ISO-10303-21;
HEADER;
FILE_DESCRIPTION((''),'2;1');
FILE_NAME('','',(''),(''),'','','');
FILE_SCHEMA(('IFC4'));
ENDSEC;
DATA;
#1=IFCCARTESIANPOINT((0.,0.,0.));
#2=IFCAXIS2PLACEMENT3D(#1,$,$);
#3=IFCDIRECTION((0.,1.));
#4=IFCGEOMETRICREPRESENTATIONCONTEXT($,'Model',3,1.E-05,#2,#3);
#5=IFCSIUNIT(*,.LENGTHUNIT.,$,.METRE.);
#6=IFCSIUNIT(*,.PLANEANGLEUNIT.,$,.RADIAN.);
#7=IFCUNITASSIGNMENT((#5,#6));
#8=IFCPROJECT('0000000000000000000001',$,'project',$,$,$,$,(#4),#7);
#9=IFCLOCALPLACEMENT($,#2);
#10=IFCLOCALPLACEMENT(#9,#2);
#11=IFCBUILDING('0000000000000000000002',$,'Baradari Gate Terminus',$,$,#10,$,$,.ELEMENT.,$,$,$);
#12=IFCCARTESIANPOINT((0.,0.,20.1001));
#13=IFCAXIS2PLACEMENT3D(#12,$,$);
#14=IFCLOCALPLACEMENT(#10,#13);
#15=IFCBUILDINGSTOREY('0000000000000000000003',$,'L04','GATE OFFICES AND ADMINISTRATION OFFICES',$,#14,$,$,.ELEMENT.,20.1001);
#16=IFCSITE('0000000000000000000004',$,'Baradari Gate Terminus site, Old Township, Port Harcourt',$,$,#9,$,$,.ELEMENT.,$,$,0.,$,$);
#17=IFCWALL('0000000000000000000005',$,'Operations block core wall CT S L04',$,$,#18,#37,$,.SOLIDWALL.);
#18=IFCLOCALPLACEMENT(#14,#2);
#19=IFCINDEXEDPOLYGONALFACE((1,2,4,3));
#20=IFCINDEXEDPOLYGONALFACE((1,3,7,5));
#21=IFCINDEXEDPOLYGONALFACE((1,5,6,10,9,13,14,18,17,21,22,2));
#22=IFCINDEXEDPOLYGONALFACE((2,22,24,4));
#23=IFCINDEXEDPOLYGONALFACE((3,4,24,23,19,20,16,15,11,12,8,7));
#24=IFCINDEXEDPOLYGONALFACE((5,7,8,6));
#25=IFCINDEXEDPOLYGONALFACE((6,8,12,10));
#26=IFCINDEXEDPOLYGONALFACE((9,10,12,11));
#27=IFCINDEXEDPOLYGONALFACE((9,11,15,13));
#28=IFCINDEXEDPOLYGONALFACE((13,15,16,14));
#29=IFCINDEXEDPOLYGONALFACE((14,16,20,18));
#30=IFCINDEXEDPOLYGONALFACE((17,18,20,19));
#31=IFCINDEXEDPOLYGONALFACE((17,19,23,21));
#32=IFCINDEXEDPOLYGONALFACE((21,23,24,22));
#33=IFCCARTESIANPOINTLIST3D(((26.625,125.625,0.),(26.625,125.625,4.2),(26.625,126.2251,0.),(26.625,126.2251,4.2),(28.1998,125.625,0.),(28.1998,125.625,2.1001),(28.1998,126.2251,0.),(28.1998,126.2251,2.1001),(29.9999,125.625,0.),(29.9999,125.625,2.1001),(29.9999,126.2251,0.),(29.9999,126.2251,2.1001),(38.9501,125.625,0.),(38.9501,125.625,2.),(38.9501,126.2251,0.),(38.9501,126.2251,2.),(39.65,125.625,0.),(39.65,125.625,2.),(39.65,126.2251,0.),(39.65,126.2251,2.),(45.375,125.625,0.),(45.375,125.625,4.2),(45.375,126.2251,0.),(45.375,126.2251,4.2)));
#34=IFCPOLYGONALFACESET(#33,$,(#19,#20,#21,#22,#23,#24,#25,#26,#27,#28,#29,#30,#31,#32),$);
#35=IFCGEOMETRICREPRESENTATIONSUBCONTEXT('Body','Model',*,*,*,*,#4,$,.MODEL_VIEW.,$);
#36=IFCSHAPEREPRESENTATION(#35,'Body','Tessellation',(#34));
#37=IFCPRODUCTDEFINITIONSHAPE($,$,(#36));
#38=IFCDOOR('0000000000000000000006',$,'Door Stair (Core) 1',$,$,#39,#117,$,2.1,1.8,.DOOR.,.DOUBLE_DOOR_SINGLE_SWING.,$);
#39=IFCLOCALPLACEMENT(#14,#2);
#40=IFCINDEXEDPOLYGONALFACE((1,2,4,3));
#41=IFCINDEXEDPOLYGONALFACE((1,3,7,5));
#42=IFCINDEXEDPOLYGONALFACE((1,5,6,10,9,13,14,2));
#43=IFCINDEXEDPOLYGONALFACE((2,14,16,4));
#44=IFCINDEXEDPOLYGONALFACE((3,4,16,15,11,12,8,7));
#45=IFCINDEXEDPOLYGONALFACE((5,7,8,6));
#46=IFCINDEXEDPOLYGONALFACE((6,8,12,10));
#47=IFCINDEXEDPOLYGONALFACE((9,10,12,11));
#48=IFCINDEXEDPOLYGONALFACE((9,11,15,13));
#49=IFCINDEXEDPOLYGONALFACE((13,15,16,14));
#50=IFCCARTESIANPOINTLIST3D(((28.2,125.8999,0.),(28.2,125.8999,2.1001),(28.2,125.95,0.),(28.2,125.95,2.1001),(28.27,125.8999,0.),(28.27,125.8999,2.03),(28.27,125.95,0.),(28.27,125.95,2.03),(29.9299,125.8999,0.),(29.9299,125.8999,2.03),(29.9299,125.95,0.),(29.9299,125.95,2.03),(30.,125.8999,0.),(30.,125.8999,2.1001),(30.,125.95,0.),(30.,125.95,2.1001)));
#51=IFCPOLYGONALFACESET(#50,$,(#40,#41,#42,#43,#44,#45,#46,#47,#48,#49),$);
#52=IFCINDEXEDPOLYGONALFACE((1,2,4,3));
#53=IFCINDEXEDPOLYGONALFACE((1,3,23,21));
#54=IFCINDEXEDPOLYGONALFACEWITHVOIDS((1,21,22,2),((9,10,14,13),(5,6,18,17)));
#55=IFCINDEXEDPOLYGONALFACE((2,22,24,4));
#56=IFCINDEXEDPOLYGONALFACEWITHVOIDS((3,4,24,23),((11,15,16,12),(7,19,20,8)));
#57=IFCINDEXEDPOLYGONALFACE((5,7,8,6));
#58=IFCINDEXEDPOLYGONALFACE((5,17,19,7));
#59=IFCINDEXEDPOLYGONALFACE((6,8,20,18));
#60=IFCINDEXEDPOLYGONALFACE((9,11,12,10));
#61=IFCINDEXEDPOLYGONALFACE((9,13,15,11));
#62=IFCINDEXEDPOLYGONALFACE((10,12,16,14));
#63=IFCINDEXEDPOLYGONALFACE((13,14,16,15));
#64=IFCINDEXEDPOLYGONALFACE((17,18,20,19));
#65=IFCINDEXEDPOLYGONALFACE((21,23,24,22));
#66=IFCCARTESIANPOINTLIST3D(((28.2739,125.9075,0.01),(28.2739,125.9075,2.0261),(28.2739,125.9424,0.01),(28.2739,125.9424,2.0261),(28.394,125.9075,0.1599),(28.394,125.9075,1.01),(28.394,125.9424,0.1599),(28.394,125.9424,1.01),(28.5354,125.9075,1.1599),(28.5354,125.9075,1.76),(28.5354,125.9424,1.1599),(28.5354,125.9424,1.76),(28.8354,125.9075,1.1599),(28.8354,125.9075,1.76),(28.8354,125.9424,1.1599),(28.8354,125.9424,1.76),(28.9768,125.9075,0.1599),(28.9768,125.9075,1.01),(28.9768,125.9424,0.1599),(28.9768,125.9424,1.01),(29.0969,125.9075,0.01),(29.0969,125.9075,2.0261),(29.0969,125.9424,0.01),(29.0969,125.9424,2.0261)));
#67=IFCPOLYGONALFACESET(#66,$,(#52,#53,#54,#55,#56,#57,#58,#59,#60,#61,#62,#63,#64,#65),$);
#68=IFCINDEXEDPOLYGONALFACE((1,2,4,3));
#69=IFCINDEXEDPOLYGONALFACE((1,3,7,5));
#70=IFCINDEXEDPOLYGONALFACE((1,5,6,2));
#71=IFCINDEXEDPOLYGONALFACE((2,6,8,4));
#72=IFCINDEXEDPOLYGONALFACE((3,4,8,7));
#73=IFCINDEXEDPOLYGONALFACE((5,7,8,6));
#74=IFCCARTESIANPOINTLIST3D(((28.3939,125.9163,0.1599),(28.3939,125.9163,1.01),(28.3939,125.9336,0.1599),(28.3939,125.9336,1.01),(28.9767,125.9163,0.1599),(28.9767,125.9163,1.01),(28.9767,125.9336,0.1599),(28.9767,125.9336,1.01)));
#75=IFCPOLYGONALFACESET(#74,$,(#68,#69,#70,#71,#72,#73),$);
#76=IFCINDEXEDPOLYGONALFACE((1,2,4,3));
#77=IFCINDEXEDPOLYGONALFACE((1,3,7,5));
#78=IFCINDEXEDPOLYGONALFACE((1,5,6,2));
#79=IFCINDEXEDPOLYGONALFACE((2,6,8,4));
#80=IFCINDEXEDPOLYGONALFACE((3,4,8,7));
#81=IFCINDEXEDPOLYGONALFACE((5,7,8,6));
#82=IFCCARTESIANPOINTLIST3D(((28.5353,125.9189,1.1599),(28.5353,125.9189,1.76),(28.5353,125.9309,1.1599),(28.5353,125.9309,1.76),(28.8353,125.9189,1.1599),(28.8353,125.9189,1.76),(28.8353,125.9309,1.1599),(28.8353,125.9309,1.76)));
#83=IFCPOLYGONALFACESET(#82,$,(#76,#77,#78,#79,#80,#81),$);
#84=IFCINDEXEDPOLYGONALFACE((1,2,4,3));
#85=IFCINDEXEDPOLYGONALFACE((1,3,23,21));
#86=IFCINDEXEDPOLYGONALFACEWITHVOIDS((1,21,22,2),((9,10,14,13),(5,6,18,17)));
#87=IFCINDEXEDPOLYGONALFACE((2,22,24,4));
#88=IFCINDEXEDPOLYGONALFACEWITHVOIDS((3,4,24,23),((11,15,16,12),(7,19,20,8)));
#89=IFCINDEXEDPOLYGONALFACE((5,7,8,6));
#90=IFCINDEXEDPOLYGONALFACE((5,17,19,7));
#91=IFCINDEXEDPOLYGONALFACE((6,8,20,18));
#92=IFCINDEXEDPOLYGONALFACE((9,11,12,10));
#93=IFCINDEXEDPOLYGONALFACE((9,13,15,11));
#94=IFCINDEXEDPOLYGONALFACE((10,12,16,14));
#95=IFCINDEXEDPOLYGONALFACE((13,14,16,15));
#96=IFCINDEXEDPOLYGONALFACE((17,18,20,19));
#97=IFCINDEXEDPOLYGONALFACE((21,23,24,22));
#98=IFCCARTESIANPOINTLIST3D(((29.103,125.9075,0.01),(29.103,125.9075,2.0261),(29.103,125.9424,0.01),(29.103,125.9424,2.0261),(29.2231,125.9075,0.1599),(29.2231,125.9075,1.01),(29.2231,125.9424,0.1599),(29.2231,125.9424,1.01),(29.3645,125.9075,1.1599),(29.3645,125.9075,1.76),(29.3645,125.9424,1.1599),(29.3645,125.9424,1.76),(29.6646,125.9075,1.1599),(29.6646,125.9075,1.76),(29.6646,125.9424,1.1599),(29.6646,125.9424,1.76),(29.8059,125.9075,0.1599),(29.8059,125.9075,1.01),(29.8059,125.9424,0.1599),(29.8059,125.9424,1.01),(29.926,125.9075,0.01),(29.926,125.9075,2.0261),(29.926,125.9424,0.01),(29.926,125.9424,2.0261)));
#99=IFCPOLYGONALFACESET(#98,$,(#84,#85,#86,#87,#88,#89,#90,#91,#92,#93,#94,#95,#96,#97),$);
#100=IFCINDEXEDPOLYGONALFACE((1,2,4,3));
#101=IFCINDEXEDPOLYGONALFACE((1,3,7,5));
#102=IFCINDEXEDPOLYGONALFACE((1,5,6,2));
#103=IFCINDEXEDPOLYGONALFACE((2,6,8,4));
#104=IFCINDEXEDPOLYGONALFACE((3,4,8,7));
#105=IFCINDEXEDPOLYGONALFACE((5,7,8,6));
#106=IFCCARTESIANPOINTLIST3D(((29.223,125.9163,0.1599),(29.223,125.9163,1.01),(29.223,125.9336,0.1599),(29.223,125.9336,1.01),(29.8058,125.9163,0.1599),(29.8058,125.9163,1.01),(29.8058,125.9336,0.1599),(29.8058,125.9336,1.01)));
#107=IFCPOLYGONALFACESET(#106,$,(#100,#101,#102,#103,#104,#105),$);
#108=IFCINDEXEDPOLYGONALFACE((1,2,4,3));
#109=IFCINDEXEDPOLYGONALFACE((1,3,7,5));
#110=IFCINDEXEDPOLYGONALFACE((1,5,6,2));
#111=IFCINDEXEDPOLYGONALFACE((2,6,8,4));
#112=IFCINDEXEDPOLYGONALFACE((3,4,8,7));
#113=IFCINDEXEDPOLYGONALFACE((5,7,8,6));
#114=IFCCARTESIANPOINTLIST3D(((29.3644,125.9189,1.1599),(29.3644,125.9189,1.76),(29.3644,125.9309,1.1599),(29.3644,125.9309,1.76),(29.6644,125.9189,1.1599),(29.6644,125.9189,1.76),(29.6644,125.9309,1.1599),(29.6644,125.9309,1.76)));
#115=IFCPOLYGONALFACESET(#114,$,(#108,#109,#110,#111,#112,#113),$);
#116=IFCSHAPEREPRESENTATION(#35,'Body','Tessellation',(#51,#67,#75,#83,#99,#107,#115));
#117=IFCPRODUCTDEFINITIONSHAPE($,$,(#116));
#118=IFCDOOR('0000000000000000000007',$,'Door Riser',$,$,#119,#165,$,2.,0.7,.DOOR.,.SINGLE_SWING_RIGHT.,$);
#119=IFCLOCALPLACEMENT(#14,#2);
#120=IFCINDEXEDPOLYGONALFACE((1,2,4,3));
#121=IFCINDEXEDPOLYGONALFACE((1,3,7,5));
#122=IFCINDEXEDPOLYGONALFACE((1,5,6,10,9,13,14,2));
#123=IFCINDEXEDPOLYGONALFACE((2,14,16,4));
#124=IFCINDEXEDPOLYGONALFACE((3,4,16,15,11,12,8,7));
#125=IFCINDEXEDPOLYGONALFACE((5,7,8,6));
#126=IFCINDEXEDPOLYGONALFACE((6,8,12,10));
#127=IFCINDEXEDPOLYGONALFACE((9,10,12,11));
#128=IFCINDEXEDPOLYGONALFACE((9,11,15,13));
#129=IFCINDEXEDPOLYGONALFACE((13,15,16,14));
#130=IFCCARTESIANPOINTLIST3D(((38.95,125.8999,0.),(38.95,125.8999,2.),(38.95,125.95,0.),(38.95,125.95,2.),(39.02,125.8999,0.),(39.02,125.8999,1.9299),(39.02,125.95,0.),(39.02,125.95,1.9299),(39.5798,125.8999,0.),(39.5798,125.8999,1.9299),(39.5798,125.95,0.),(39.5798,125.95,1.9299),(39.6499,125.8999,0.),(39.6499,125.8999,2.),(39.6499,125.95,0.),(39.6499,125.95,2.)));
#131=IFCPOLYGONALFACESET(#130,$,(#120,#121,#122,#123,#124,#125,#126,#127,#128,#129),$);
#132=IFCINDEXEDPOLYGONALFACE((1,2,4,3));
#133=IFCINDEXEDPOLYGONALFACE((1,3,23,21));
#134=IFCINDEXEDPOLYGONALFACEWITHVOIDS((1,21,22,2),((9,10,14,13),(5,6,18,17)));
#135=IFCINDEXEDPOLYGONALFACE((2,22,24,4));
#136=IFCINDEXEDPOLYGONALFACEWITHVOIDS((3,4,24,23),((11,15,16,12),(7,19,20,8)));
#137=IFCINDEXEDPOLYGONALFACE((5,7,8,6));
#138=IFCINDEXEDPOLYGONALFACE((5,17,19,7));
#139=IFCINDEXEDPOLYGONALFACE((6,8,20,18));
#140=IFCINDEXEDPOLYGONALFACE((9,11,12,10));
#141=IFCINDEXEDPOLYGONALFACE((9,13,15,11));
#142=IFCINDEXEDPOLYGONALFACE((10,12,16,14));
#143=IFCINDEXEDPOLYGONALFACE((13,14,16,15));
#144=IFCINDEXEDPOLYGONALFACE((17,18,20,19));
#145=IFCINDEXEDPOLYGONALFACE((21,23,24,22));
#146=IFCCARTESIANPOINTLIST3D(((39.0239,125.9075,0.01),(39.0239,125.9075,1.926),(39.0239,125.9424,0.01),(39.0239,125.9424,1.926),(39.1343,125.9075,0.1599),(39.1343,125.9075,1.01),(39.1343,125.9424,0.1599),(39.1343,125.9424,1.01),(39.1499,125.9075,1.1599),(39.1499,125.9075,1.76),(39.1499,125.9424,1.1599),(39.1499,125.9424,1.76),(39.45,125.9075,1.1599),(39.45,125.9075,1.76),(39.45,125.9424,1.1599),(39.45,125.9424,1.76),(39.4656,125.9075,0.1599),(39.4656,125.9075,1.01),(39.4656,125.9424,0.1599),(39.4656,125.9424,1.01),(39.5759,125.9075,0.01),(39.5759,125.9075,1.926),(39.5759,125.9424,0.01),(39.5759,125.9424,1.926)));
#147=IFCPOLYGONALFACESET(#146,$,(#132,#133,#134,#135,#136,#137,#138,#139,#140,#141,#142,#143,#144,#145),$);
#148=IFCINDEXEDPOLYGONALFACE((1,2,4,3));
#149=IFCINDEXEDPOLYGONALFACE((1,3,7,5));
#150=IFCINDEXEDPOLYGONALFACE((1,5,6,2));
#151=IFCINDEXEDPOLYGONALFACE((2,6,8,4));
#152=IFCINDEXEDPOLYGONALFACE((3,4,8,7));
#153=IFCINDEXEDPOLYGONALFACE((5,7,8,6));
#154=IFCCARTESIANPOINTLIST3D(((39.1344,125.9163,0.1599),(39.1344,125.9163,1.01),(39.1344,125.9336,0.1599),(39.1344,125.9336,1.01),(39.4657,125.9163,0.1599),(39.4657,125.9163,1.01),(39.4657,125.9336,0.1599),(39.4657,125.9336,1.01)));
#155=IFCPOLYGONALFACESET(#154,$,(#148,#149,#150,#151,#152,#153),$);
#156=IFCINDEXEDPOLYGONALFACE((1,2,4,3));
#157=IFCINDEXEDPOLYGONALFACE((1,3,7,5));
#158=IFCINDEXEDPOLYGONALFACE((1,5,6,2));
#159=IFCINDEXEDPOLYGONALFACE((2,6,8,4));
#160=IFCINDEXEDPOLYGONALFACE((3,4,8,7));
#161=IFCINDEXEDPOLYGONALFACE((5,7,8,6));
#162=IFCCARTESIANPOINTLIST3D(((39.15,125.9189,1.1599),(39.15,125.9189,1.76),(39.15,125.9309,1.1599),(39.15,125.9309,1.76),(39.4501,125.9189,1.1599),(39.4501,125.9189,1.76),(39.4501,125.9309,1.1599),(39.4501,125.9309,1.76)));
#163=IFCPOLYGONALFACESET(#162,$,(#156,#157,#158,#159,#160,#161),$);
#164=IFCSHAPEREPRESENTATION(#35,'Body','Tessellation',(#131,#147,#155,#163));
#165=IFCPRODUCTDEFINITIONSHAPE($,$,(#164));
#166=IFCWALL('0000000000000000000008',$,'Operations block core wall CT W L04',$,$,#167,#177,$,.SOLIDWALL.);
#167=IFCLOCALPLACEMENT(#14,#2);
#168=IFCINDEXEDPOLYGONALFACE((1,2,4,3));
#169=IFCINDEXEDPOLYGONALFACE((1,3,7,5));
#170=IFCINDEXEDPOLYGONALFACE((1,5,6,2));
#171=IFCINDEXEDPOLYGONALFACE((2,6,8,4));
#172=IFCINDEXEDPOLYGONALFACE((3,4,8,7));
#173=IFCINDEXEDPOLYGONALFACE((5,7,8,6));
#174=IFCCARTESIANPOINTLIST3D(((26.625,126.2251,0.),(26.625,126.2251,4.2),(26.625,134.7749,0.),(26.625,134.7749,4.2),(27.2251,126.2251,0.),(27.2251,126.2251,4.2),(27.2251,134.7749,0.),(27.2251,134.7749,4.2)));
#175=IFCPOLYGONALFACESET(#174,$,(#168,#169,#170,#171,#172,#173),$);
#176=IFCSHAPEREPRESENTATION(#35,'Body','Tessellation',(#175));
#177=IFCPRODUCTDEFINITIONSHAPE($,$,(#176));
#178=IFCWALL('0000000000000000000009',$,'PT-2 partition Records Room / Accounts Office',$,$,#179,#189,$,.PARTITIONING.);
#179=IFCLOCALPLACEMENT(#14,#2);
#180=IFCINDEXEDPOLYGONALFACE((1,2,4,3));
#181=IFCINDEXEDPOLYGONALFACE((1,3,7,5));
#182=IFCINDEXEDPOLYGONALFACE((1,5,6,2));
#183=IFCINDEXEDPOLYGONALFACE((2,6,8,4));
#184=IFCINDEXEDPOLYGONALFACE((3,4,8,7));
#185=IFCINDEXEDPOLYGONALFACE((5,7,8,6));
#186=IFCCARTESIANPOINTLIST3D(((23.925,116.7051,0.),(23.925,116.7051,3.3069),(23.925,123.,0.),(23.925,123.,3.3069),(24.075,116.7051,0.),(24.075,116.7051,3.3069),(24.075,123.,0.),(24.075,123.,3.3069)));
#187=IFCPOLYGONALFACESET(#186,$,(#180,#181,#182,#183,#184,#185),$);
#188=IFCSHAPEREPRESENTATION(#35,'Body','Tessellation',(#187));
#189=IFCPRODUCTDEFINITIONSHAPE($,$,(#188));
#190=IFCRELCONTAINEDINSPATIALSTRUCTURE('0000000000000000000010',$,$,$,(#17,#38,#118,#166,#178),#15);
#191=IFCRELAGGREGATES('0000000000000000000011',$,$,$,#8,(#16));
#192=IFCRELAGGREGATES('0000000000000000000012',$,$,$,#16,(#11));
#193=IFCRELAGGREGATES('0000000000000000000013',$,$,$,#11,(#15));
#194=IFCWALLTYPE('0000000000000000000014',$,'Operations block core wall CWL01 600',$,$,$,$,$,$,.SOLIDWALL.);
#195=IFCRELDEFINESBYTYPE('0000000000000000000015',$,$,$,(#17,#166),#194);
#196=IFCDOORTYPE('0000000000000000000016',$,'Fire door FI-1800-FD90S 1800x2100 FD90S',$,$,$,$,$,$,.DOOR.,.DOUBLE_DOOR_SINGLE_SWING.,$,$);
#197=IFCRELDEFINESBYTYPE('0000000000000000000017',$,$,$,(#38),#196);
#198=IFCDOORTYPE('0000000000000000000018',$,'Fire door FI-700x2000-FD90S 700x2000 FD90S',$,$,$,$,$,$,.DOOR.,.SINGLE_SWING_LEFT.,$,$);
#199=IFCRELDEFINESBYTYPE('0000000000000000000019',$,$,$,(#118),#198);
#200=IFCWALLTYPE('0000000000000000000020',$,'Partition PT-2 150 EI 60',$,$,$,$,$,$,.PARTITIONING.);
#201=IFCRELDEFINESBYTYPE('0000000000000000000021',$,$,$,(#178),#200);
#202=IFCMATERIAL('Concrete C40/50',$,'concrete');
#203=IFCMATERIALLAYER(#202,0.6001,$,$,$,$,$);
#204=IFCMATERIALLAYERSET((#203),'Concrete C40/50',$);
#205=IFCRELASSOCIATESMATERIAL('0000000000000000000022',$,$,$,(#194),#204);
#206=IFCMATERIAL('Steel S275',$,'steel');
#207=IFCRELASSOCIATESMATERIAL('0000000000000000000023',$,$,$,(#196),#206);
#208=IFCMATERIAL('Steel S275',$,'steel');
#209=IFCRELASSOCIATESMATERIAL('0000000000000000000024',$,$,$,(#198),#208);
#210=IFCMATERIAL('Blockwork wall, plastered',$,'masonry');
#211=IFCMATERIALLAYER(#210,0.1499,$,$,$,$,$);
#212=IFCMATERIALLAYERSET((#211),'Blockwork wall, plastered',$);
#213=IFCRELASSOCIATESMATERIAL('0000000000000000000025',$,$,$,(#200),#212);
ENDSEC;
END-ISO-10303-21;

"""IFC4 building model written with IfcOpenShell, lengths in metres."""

from ifc_helpers import new_model, si_unit, direction, frame, frame_2d, origin, place, context, subcontext, project, spatial, polyline, rectangle, outline, extrude, material, layer, layer_set, type_object, element, fill, save


model = new_model("IFC4")

# Units and contexts
model_context = context("Model", 3, precision=1e-05, world=origin(), true_north=direction((0.0, 1.0)))
body_context = subcontext(model_context, "Body", "Model", "MODEL_VIEW")
ifc_project = project(units=[si_unit("LENGTHUNIT", "METRE"), si_unit("PLANEANGLEUNIT", "RADIAN")], contexts=[model_context])

# Site, building, storey
site_placement = place(None, origin())
site = spatial("IfcSite", under=ifc_project, at=site_placement, Name="Baradari Gate Terminus site, Old Township, Port Harcourt", CompositionType="ELEMENT", RefElevation=0.0)
building_placement = place(site_placement, origin())
building = spatial("IfcBuilding", under=site, at=building_placement, Name="Baradari Gate Terminus", CompositionType="ELEMENT")
storey_placement = place(building_placement, frame((0.0, 0.0, 20.1001)))
storey = spatial("IfcBuildingStorey", under=building, at=storey_placement, Name="L04", Description="GATE OFFICES AND ADMINISTRATION OFFICES", CompositionType="ELEMENT", Elevation=20.1001)

# Wall, openings, doors
ifc_material_1 = material(Name="Concrete C40/50", Category="concrete")
ifc_layer_1 = layer(ifc_material_1, 0.6001)
ifc_layer_set_1 = layer_set([ifc_layer_1], Name="Concrete C40/50")
wall_type_1 = type_object("IfcWallType", Name="Operations block core wall CWL01 600", PredefinedType="SOLIDWALL", material=ifc_layer_set_1)
wall_1_placement = place(storey_placement, frame((26.625, 125.925, 0.0), z_axis=(0.0, 0.0, 1.0), x_axis=(1.0, 0.0, 0.0)))
wall_1 = element("IfcWall", 1, at=wall_1_placement, inside=storey, type_object=wall_type_1, Name="Operations block core wall CT S L04", PredefinedType="SOLIDWALL", context=body_context, shape_type="SweptSolid", body=[
    extrude(rectangle(XDim=18.75, YDim=0.6001, at=frame_2d((9.375, 0.0))), origin(), (0.0, 0.0, 1.0), 4.2),
])
opening_1_placement = place(wall_1_placement, frame((1.575, 0.0, 0.0)))
opening_1 = element("IfcOpeningElement", 2, at=opening_1_placement, cuts=wall_1, PredefinedType="OPENING", context=body_context, shape_type="SweptSolid", body=[
    extrude(rectangle(XDim=1.8, YDim=2.1001, at=frame_2d((0.8999, 1.05))), frame((0.0, 0.3101, 0.0), z_axis=(0.0, -1.0, 0.0), x_axis=(1.0, 0.0, 0.0)), (0.0, 0.0, 1.0), 0.6201),
])
opening_2_placement = place(wall_1_placement, frame((12.325, 0.0, 0.0)))
opening_2 = element("IfcOpeningElement", 3, at=opening_2_placement, cuts=wall_1, PredefinedType="OPENING", context=body_context, shape_type="SweptSolid", body=[
    extrude(rectangle(XDim=0.7, YDim=2.0, at=frame_2d((0.3501, 1.0))), frame((0.0, 0.3101, 0.0), z_axis=(0.0, -1.0, 0.0), x_axis=(1.0, 0.0, 0.0)), (0.0, 0.0, 1.0), 0.6201),
])
ifc_material_2 = material(Name="Steel S275", Category="steel")
door_type_1 = type_object("IfcDoorType", Name="Fire door FI-1800-FD90S 1800x2100 FD90S", OperationType="DOUBLE_DOOR_SINGLE_SWING", PredefinedType="DOOR", material=ifc_material_2)
door_1_placement = place(opening_1_placement, origin())
door_1 = element("IfcDoor", 4, at=door_1_placement, inside=storey, type_object=door_type_1, Name="Door Stair (Core) 1", OperationType="DOUBLE_DOOR_SINGLE_SWING", OverallHeight=2.1, OverallWidth=1.8, PredefinedType="DOOR", context=body_context, shape_type="SweptSolid", body=[
    extrude(outline(polyline([(0.0, 0.0), (0.0701, 0.0), (0.0701, 2.03), (1.73, 2.03), (1.73, 0.0), (1.8, 0.0), (1.8, 2.1001), (0.0, 2.1001), (0.0, 0.0)])), frame((0.0, 0.0249, 0.0), z_axis=(0.0, -1.0, 0.0), x_axis=(1.0, 0.0, 0.0)), (0.0, 0.0, 1.0), 0.05),
    extrude(outline(polyline([(0.074, 0.01), (0.897, 0.01), (0.897, 2.0261), (0.074, 2.0261), (0.074, 0.01)]), holes=[polyline([(0.1941, 0.1599), (0.7769, 0.1599), (0.7769, 1.01), (0.1941, 1.01), (0.1941, 0.1599)]), polyline([(0.3354, 1.1599), (0.6355, 1.1599), (0.6355, 1.76), (0.3354, 1.76), (0.3354, 1.1599)])]), frame((0.0, 0.0173, 0.0), z_axis=(0.0, -1.0, 0.0), x_axis=(1.0, 0.0, 0.0)), (0.0, 0.0, 1.0), 0.0349),
    extrude(rectangle(XDim=0.5828, YDim=0.8501, at=frame_2d((0.4854, 0.585))), frame((0.0, 0.0085, 0.0), z_axis=(0.0, -1.0, 0.0), x_axis=(1.0, 0.0, 0.0)), (0.0, 0.0, 1.0), 0.0173),
    extrude(rectangle(XDim=0.3, YDim=0.6001, at=frame_2d((0.4854, 1.46))), frame((0.0, 0.0059, 0.0), z_axis=(0.0, -1.0, 0.0), x_axis=(1.0, 0.0, 0.0)), (0.0, 0.0, 1.0), 0.012),
    extrude(outline(polyline([(0.9031, 0.01), (1.7261, 0.01), (1.7261, 2.0261), (0.9031, 2.0261), (0.9031, 0.01)]), holes=[polyline([(1.0232, 0.1599), (1.606, 0.1599), (1.606, 1.01), (1.0232, 1.01), (1.0232, 0.1599)]), polyline([(1.1646, 1.1599), (1.4646, 1.1599), (1.4646, 1.76), (1.1646, 1.76), (1.1646, 1.1599)])]), frame((0.0, 0.0173, 0.0), z_axis=(0.0, -1.0, 0.0), x_axis=(1.0, 0.0, 0.0)), (0.0, 0.0, 1.0), 0.0349),
    extrude(rectangle(XDim=0.5828, YDim=0.8501, at=frame_2d((1.3145, 0.585))), frame((0.0, 0.0085, 0.0), z_axis=(0.0, -1.0, 0.0), x_axis=(1.0, 0.0, 0.0)), (0.0, 0.0, 1.0), 0.0173),
    extrude(rectangle(XDim=0.3, YDim=0.6001, at=frame_2d((1.3145, 1.46))), frame((0.0, 0.0059, 0.0), z_axis=(0.0, -1.0, 0.0), x_axis=(1.0, 0.0, 0.0)), (0.0, 0.0, 1.0), 0.012),
])
fill(opening_1, door_1)
ifc_material_3 = material(Name="Steel S275", Category="steel")
door_type_2 = type_object("IfcDoorType", Name="Fire door FI-700x2000-FD90S 700x2000 FD90S", OperationType="SINGLE_SWING_LEFT", PredefinedType="DOOR", material=ifc_material_3)
door_2_placement = place(opening_2_placement, origin())
door_2 = element("IfcDoor", 5, at=door_2_placement, inside=storey, type_object=door_type_2, Name="Door Riser", OperationType="SINGLE_SWING_RIGHT", OverallHeight=2.0, OverallWidth=0.7, PredefinedType="DOOR", context=body_context, shape_type="SweptSolid", body=[
    extrude(outline(polyline([(0.0, 0.0), (0.0701, 0.0), (0.0701, 1.9299), (0.6299, 1.9299), (0.6299, 0.0), (0.7, 0.0), (0.7, 2.0), (0.0, 2.0), (0.0, 0.0)])), frame((0.0, 0.0249, 0.0), z_axis=(0.0, -1.0, 0.0), x_axis=(1.0, 0.0, 0.0)), (0.0, 0.0, 1.0), 0.05),
    extrude(outline(polyline([(0.074, 0.01), (0.626, 0.01), (0.626, 1.926), (0.074, 1.926), (0.074, 0.01)]), holes=[polyline([(0.1843, 0.1599), (0.5156, 0.1599), (0.5156, 1.01), (0.1843, 1.01), (0.1843, 0.1599)]), polyline([(0.2, 1.1599), (0.5, 1.1599), (0.5, 1.76), (0.2, 1.76), (0.2, 1.1599)])]), frame((0.0, 0.0173, 0.0), z_axis=(0.0, -1.0, 0.0), x_axis=(1.0, 0.0, 0.0)), (0.0, 0.0, 1.0), 0.0349),
    extrude(rectangle(XDim=0.3313, YDim=0.8501, at=frame_2d((0.3501, 0.585))), frame((0.0, 0.0085, 0.0), z_axis=(0.0, -1.0, 0.0), x_axis=(1.0, 0.0, 0.0)), (0.0, 0.0, 1.0), 0.0173),
    extrude(rectangle(XDim=0.3, YDim=0.6001, at=frame_2d((0.3501, 1.46))), frame((0.0, 0.0059, 0.0), z_axis=(0.0, -1.0, 0.0), x_axis=(1.0, 0.0, 0.0)), (0.0, 0.0, 1.0), 0.012),
])
fill(opening_2, door_2)

# Walls
wall_2_placement = place(storey_placement, frame((26.925, 126.2251, 0.0), z_axis=(0.0, 0.0, 1.0), x_axis=(0.0, 1.0, 0.0)))
element("IfcWall", 6, at=wall_2_placement, inside=storey, type_object=wall_type_1, Name="Operations block core wall CT W L04", PredefinedType="SOLIDWALL", context=body_context, shape_type="SweptSolid", body=[
    extrude(rectangle(XDim=8.5498, YDim=0.6001, at=frame_2d((4.2749, 0.0))), origin(), (0.0, 0.0, 1.0), 4.2),
])
ifc_material_4 = material(Name="Blockwork wall, plastered", Category="masonry")
ifc_layer_2 = layer(ifc_material_4, 0.1499)
ifc_layer_set_2 = layer_set([ifc_layer_2], Name="Blockwork wall, plastered")
wall_type_2 = type_object("IfcWallType", Name="Partition PT-2 150 EI 60", PredefinedType="PARTITIONING", material=ifc_layer_set_2)
wall_3_placement = place(storey_placement, frame((24.0, 123.0, 0.0), z_axis=(0.0, 0.0, 1.0), x_axis=(0.0, -1.0, 0.0)))
element("IfcWall", 7, at=wall_3_placement, inside=storey, type_object=wall_type_2, Name="PT-2 partition Records Room / Accounts Office", PredefinedType="PARTITIONING", context=body_context, shape_type="SweptSolid", body=[
    extrude(rectangle(XDim=6.2949, YDim=0.1499, at=frame_2d((3.1475, 0.0))), origin(), (0.0, 0.0, 1.0), 3.3069),
])

save(model, "model.ifc")
